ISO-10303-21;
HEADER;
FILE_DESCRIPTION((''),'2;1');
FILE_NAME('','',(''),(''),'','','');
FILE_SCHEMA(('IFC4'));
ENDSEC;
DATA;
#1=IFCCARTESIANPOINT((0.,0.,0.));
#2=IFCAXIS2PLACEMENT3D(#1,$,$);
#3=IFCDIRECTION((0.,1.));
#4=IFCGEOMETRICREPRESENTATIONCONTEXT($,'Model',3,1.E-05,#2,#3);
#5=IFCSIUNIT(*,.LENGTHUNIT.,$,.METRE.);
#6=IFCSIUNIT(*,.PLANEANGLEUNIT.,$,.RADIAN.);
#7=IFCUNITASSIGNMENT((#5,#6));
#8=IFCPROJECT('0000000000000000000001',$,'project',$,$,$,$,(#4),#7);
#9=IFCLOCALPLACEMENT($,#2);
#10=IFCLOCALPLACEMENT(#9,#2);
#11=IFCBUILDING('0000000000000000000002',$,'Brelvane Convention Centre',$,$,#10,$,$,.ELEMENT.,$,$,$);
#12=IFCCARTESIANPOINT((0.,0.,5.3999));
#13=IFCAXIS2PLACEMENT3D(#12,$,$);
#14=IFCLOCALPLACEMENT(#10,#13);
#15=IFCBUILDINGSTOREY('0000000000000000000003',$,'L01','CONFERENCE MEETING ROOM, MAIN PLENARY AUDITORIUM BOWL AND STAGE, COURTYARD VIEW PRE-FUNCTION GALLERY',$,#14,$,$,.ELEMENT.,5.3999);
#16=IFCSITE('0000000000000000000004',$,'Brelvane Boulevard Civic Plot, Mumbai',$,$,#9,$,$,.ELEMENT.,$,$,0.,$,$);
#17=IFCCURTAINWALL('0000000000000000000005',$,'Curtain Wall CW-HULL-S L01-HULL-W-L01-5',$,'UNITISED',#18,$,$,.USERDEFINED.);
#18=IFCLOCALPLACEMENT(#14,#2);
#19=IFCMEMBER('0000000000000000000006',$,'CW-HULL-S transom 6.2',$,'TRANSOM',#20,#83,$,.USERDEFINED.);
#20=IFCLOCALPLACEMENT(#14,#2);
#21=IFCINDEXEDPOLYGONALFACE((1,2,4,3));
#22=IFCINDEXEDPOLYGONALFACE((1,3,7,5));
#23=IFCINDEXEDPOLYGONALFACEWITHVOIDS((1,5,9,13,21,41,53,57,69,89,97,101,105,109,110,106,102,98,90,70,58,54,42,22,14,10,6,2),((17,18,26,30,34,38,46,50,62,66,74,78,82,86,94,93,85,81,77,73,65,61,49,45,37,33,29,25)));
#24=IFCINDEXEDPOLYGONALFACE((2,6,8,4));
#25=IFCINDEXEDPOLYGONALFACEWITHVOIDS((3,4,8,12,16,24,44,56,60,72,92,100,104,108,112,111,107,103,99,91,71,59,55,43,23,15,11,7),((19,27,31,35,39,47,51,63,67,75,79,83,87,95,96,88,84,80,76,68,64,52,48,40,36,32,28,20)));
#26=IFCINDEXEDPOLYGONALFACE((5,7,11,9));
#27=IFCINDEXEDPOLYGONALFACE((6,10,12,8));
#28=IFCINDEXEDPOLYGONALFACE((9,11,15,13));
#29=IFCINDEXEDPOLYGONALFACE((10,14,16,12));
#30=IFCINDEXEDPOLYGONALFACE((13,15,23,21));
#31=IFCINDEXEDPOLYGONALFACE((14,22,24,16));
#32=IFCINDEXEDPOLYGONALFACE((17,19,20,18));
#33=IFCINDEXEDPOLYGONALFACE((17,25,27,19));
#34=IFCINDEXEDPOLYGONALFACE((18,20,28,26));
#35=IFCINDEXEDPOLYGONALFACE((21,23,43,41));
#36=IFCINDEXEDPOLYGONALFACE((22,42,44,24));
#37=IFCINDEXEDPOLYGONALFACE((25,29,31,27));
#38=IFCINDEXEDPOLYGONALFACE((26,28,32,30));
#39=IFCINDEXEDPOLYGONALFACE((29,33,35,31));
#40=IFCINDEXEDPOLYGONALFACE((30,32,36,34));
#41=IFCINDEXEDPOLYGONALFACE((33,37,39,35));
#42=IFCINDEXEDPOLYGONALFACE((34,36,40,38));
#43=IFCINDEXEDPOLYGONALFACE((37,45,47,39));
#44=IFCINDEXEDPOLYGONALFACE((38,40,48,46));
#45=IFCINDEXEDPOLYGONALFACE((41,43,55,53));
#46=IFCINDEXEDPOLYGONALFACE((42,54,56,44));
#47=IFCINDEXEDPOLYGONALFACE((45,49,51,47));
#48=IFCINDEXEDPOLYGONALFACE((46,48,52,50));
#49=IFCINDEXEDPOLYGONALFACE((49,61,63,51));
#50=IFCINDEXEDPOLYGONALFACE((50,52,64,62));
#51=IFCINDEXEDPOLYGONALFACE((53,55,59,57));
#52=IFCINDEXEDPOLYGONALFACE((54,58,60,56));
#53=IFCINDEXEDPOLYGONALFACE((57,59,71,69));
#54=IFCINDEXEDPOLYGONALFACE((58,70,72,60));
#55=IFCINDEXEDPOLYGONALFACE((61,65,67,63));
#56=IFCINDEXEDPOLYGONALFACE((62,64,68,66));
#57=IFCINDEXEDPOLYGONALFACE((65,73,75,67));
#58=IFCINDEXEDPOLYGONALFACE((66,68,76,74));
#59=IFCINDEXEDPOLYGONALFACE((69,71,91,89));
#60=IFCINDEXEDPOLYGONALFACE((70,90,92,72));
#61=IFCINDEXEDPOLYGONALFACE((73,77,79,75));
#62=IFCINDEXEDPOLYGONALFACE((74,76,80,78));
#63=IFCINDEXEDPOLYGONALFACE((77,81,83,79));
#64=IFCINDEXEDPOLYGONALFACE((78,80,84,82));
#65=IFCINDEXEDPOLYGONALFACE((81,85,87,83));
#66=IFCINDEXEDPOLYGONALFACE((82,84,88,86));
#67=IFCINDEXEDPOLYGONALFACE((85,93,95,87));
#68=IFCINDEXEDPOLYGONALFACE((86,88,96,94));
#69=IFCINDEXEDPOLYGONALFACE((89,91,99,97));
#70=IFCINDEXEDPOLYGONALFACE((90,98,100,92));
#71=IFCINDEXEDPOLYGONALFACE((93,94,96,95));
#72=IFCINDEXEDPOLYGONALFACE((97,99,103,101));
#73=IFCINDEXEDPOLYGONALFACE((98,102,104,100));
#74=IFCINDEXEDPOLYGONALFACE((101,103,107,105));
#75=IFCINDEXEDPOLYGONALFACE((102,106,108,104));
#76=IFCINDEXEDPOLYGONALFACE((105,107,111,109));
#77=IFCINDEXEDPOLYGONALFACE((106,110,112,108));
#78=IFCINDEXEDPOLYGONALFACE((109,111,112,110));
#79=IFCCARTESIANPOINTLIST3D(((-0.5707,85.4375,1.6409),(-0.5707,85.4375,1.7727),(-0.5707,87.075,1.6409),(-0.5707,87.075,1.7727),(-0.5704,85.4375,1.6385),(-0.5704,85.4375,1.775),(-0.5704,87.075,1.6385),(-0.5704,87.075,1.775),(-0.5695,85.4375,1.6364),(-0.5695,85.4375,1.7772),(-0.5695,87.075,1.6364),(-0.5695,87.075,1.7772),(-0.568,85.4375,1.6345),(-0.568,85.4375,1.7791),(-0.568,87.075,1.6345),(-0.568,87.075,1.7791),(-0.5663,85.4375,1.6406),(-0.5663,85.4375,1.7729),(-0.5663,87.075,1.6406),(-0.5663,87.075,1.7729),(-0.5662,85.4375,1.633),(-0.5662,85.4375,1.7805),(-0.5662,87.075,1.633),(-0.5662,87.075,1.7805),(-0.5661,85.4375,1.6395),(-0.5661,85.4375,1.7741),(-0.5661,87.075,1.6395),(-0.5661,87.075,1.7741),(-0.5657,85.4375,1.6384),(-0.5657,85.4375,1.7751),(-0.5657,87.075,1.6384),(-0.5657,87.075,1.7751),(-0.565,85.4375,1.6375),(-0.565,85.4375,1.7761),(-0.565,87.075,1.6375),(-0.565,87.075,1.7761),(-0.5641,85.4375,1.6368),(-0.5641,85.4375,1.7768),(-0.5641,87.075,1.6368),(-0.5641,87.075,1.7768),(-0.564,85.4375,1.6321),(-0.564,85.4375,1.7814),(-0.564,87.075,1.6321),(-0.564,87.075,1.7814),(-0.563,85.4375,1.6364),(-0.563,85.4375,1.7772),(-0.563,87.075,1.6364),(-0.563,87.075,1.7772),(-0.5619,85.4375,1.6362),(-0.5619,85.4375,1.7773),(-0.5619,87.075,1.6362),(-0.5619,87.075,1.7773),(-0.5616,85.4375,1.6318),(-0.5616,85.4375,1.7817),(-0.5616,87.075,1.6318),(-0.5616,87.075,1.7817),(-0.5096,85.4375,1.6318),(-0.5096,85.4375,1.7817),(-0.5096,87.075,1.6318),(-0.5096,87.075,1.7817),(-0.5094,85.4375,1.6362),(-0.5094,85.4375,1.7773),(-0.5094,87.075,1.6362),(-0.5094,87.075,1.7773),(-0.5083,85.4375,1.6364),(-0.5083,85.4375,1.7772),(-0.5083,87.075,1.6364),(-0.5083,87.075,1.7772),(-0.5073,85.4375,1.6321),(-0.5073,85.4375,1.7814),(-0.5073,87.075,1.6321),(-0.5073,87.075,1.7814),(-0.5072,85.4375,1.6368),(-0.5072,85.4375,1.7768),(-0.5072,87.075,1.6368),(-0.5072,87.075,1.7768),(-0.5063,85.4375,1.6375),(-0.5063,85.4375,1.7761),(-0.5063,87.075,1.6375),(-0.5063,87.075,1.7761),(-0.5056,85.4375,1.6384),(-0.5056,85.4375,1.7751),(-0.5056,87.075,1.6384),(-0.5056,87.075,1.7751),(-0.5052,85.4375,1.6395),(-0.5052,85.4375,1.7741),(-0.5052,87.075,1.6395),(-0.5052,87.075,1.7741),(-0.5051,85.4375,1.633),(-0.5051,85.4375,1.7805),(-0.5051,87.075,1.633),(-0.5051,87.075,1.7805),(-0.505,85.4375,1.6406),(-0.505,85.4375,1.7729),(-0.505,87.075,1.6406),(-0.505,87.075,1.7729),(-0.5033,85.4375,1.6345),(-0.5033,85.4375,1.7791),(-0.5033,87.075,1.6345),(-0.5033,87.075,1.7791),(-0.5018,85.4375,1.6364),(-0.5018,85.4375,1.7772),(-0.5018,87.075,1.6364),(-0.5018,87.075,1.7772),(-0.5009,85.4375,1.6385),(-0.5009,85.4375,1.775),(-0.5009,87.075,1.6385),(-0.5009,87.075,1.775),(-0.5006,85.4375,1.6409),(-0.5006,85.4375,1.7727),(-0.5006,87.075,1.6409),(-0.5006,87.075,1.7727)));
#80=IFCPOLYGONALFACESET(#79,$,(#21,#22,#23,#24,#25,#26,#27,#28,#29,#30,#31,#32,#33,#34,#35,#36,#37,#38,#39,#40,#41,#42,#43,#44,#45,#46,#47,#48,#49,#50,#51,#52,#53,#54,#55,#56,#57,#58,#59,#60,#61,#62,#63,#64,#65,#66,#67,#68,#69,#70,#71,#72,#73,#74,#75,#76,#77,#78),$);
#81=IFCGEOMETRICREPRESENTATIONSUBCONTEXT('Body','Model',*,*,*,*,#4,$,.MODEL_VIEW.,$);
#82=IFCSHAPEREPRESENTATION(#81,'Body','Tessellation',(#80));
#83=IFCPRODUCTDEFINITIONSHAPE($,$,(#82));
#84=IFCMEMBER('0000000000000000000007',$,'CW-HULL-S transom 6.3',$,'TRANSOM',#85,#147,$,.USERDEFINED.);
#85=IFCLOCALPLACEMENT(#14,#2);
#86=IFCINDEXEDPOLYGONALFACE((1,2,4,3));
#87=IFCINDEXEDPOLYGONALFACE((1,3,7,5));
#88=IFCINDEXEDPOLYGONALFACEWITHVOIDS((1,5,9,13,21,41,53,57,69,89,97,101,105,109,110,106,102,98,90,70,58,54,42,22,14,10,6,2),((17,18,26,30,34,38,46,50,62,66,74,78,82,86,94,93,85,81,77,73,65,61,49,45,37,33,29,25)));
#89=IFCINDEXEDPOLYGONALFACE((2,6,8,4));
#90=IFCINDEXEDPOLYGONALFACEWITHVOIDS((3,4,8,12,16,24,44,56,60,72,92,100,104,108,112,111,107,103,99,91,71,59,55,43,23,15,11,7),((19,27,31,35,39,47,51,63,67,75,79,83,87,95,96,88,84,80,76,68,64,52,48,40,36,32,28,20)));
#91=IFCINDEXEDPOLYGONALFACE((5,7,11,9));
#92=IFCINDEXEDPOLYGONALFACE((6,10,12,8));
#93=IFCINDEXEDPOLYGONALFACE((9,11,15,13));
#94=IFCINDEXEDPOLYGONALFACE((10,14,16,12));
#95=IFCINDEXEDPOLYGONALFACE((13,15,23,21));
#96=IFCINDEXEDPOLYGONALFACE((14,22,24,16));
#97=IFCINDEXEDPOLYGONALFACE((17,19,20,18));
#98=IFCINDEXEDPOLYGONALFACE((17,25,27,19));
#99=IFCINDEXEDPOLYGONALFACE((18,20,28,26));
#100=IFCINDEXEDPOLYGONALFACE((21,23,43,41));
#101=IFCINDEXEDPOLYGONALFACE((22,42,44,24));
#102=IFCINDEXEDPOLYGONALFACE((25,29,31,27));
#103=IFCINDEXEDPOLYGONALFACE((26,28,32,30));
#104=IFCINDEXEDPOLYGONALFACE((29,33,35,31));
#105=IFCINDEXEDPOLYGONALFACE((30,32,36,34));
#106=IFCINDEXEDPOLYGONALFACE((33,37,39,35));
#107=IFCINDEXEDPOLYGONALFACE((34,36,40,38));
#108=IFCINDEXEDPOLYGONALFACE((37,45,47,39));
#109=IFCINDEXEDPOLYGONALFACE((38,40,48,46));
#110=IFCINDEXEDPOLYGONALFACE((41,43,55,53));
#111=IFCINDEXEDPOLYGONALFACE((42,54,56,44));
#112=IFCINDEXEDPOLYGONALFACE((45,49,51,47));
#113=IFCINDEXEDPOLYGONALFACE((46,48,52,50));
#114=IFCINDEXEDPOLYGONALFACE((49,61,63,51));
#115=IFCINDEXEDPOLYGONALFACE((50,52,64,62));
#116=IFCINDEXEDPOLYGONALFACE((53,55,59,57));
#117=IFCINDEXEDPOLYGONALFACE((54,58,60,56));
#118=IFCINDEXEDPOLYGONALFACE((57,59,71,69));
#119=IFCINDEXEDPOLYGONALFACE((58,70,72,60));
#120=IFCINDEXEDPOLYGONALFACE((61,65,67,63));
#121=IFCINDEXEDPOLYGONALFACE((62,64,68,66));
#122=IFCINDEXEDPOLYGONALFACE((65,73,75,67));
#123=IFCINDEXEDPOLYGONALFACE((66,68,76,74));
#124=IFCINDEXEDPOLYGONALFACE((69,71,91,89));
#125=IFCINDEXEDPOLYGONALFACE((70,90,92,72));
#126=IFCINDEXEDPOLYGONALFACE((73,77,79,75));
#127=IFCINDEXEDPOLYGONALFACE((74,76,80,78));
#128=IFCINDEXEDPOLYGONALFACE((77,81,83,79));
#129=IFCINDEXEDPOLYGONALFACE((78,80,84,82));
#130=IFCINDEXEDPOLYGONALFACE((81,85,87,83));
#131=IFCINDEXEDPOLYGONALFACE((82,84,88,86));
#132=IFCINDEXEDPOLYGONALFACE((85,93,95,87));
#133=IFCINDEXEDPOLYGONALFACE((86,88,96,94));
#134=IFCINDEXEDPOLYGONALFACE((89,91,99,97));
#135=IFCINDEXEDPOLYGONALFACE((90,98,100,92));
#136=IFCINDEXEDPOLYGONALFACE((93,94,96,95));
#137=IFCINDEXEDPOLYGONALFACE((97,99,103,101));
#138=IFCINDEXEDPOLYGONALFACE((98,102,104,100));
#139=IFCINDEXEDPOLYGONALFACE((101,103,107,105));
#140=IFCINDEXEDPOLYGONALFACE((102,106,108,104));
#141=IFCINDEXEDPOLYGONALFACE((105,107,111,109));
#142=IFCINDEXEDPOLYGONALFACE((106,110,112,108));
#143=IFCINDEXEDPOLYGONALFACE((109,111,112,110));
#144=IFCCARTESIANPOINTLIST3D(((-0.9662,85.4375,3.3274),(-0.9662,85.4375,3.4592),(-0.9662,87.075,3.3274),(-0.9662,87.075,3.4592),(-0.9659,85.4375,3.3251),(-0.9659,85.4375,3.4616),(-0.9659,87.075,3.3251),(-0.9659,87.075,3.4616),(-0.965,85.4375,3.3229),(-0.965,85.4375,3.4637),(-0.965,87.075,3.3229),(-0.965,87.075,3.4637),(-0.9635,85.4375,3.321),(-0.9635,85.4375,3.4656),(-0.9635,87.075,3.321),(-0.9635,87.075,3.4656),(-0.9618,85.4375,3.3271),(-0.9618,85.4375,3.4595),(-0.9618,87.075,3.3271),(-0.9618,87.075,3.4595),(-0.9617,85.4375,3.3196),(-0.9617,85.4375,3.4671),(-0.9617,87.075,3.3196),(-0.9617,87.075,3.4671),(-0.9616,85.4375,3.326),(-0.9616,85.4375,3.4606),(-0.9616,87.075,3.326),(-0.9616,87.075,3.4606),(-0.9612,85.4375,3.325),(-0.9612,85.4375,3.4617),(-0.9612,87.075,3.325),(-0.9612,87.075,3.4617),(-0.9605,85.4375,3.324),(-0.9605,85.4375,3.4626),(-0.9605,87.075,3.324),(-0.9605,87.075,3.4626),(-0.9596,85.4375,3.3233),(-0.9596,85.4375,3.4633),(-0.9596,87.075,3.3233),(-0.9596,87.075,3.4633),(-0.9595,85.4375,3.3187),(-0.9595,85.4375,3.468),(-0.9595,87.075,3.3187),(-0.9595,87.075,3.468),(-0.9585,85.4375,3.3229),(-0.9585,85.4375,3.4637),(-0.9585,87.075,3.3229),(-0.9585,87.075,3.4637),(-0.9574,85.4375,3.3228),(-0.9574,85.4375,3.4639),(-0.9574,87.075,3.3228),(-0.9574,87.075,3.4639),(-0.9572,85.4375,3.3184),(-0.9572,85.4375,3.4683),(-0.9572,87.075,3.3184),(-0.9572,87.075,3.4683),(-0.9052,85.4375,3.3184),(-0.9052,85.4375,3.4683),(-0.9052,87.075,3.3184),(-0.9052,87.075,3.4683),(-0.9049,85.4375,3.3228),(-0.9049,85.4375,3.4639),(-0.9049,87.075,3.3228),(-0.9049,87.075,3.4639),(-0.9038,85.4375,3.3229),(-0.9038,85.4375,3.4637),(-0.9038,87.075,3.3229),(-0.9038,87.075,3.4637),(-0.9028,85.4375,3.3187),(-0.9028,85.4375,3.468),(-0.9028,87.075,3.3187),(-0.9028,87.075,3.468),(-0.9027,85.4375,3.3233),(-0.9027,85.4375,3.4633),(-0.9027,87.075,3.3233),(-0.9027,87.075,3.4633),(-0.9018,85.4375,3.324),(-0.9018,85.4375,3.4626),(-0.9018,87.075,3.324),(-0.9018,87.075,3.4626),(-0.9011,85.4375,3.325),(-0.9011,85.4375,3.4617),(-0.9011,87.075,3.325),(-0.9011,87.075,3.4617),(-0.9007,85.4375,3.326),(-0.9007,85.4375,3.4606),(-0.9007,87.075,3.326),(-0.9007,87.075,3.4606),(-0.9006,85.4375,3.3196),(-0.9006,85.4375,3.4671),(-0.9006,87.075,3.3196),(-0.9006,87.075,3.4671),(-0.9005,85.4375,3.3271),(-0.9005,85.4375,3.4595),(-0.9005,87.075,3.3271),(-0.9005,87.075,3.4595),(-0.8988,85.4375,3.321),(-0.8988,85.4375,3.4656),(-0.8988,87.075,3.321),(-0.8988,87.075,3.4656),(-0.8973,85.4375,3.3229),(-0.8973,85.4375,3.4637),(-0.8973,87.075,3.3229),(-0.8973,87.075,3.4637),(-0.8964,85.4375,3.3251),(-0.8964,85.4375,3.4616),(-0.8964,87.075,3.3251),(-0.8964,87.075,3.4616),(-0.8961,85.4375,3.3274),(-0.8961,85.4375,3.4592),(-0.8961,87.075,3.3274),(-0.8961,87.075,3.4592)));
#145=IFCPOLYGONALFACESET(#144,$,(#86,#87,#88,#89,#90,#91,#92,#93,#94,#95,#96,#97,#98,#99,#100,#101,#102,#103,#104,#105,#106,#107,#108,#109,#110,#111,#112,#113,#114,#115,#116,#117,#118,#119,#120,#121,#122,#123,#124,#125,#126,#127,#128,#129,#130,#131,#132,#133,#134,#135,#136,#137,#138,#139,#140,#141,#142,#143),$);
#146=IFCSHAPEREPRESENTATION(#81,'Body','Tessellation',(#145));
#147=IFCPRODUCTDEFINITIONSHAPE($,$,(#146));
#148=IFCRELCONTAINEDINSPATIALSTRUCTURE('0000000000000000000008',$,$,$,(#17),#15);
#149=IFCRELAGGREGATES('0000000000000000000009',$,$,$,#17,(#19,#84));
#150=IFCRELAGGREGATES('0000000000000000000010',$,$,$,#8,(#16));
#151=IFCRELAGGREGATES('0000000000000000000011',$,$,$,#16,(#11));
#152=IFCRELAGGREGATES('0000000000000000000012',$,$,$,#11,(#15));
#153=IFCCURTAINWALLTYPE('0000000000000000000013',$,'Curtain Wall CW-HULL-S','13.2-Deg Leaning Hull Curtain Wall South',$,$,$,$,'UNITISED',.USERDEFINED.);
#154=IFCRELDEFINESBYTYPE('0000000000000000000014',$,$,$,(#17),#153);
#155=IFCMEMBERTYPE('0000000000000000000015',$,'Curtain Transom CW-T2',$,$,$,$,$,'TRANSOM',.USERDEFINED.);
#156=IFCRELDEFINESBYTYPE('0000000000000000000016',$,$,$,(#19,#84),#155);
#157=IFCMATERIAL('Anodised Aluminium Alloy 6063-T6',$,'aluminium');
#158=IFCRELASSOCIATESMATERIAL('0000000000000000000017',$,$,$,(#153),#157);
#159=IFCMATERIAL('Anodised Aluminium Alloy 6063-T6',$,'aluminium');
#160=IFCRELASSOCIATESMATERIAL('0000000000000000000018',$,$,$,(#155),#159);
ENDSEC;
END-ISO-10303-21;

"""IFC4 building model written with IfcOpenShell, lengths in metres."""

from ifc_helpers import new_model, si_unit, direction, frame, origin, origin_2d, place, context, subcontext, project, spatial, hollow_rectangle, extrude, material, material_profile, profile_set, type_object, element, aggregate, save


model = new_model("IFC4")

# Units and contexts
model_context = context("Model", 3, precision=1e-05, world=origin(), true_north=direction((0.0, 1.0)))
body_context = subcontext(model_context, "Body", "Model", "MODEL_VIEW")
ifc_project = project(units=[si_unit("LENGTHUNIT", "METRE"), si_unit("PLANEANGLEUNIT", "RADIAN")], contexts=[model_context])

# Site, building, storey
site_placement = place(None, origin())
site = spatial("IfcSite", under=ifc_project, at=site_placement, Name="Brelvane Boulevard Civic Plot, Mumbai", CompositionType="ELEMENT", RefElevation=0.0)
building_placement = place(site_placement, origin())
building = spatial("IfcBuilding", under=site, at=building_placement, Name="Brelvane Convention Centre", CompositionType="ELEMENT")
storey_placement = place(building_placement, frame((0.0, 0.0, 5.3999)))
storey = spatial("IfcBuildingStorey", under=building, at=storey_placement, Name="L01", Description="CONFERENCE MEETING ROOM, MAIN PLENARY AUDITORIUM BOWL AND STAGE, COURTYARD VIEW PRE-FUNCTION GALLERY", CompositionType="ELEMENT", Elevation=5.3999)

# Curtain wall, members
ifc_material_1 = material(Name="Anodised Aluminium Alloy 6063-T6", Category="aluminium")
curtain_wall_type = type_object("IfcCurtainWallType", Name="Curtain Wall CW-HULL-S", Description="13.2-Deg Leaning Hull Curtain Wall South", ElementType="UNITISED", PredefinedType="USERDEFINED", material=ifc_material_1)
curtain_wall_placement = place(storey_placement, origin())
curtain_wall = element("IfcCurtainWall", 1, at=curtain_wall_placement, inside=storey, type_object=curtain_wall_type, Name="Curtain Wall CW-HULL-S L01-HULL-W-L01-5", ObjectType="UNITISED", PredefinedType="USERDEFINED")
ifc_material_2 = material(Name="Anodised Aluminium Alloy 6063-T6", Category="aluminium")
ifc_material_profile_1 = material_profile(ifc_material_2, hollow_rectangle(XDim=0.0701, YDim=0.1499, WallThickness=0.0044, InnerFilletRadius=0.0044, OuterFilletRadius=0.009, at=origin_2d()), Name="ALU-T 150x70x4.5")
ifc_profile_set_1 = profile_set([ifc_material_profile_1], Name="Anodised Aluminium Alloy 6063-T6")
member_type_1 = type_object("IfcMemberType", Name="Curtain Transom CW-T2", ElementType="TRANSOM", PredefinedType="USERDEFINED", material=ifc_profile_set_1)
member_1_placement = place(storey_placement, frame((-0.5356, 85.4375, 1.7068), z_axis=(0.0, 1.0, 0.0), x_axis=(-1.0, 0.0, 0.0)))
member_1 = element("IfcMember", 2, at=member_1_placement, type_object=member_type_1, Name="CW-HULL-S transom 6.2", ObjectType="TRANSOM", PredefinedType="USERDEFINED", context=body_context, shape_type="SweptSolid", body=[
    extrude(hollow_rectangle(XDim=0.0701, YDim=0.1499, WallThickness=0.0044, InnerFilletRadius=0.0044, OuterFilletRadius=0.009, at=origin_2d()), origin(), (0.0, 0.0, 1.0), 1.6375),
])
member_2_placement = place(storey_placement, frame((-0.9312, 85.4375, 3.3933), z_axis=(0.0, 1.0, 0.0), x_axis=(-1.0, 0.0, 0.0)))
member_2 = element("IfcMember", 3, at=member_2_placement, type_object=member_type_1, Name="CW-HULL-S transom 6.3", ObjectType="TRANSOM", PredefinedType="USERDEFINED", context=body_context, shape_type="SweptSolid", body=[
    extrude(hollow_rectangle(XDim=0.0701, YDim=0.1499, WallThickness=0.0044, InnerFilletRadius=0.0044, OuterFilletRadius=0.009, at=origin_2d()), origin(), (0.0, 0.0, 1.0), 1.6375),
])
aggregate(curtain_wall, [member_1, member_2])

save(model, "model.ifc")
